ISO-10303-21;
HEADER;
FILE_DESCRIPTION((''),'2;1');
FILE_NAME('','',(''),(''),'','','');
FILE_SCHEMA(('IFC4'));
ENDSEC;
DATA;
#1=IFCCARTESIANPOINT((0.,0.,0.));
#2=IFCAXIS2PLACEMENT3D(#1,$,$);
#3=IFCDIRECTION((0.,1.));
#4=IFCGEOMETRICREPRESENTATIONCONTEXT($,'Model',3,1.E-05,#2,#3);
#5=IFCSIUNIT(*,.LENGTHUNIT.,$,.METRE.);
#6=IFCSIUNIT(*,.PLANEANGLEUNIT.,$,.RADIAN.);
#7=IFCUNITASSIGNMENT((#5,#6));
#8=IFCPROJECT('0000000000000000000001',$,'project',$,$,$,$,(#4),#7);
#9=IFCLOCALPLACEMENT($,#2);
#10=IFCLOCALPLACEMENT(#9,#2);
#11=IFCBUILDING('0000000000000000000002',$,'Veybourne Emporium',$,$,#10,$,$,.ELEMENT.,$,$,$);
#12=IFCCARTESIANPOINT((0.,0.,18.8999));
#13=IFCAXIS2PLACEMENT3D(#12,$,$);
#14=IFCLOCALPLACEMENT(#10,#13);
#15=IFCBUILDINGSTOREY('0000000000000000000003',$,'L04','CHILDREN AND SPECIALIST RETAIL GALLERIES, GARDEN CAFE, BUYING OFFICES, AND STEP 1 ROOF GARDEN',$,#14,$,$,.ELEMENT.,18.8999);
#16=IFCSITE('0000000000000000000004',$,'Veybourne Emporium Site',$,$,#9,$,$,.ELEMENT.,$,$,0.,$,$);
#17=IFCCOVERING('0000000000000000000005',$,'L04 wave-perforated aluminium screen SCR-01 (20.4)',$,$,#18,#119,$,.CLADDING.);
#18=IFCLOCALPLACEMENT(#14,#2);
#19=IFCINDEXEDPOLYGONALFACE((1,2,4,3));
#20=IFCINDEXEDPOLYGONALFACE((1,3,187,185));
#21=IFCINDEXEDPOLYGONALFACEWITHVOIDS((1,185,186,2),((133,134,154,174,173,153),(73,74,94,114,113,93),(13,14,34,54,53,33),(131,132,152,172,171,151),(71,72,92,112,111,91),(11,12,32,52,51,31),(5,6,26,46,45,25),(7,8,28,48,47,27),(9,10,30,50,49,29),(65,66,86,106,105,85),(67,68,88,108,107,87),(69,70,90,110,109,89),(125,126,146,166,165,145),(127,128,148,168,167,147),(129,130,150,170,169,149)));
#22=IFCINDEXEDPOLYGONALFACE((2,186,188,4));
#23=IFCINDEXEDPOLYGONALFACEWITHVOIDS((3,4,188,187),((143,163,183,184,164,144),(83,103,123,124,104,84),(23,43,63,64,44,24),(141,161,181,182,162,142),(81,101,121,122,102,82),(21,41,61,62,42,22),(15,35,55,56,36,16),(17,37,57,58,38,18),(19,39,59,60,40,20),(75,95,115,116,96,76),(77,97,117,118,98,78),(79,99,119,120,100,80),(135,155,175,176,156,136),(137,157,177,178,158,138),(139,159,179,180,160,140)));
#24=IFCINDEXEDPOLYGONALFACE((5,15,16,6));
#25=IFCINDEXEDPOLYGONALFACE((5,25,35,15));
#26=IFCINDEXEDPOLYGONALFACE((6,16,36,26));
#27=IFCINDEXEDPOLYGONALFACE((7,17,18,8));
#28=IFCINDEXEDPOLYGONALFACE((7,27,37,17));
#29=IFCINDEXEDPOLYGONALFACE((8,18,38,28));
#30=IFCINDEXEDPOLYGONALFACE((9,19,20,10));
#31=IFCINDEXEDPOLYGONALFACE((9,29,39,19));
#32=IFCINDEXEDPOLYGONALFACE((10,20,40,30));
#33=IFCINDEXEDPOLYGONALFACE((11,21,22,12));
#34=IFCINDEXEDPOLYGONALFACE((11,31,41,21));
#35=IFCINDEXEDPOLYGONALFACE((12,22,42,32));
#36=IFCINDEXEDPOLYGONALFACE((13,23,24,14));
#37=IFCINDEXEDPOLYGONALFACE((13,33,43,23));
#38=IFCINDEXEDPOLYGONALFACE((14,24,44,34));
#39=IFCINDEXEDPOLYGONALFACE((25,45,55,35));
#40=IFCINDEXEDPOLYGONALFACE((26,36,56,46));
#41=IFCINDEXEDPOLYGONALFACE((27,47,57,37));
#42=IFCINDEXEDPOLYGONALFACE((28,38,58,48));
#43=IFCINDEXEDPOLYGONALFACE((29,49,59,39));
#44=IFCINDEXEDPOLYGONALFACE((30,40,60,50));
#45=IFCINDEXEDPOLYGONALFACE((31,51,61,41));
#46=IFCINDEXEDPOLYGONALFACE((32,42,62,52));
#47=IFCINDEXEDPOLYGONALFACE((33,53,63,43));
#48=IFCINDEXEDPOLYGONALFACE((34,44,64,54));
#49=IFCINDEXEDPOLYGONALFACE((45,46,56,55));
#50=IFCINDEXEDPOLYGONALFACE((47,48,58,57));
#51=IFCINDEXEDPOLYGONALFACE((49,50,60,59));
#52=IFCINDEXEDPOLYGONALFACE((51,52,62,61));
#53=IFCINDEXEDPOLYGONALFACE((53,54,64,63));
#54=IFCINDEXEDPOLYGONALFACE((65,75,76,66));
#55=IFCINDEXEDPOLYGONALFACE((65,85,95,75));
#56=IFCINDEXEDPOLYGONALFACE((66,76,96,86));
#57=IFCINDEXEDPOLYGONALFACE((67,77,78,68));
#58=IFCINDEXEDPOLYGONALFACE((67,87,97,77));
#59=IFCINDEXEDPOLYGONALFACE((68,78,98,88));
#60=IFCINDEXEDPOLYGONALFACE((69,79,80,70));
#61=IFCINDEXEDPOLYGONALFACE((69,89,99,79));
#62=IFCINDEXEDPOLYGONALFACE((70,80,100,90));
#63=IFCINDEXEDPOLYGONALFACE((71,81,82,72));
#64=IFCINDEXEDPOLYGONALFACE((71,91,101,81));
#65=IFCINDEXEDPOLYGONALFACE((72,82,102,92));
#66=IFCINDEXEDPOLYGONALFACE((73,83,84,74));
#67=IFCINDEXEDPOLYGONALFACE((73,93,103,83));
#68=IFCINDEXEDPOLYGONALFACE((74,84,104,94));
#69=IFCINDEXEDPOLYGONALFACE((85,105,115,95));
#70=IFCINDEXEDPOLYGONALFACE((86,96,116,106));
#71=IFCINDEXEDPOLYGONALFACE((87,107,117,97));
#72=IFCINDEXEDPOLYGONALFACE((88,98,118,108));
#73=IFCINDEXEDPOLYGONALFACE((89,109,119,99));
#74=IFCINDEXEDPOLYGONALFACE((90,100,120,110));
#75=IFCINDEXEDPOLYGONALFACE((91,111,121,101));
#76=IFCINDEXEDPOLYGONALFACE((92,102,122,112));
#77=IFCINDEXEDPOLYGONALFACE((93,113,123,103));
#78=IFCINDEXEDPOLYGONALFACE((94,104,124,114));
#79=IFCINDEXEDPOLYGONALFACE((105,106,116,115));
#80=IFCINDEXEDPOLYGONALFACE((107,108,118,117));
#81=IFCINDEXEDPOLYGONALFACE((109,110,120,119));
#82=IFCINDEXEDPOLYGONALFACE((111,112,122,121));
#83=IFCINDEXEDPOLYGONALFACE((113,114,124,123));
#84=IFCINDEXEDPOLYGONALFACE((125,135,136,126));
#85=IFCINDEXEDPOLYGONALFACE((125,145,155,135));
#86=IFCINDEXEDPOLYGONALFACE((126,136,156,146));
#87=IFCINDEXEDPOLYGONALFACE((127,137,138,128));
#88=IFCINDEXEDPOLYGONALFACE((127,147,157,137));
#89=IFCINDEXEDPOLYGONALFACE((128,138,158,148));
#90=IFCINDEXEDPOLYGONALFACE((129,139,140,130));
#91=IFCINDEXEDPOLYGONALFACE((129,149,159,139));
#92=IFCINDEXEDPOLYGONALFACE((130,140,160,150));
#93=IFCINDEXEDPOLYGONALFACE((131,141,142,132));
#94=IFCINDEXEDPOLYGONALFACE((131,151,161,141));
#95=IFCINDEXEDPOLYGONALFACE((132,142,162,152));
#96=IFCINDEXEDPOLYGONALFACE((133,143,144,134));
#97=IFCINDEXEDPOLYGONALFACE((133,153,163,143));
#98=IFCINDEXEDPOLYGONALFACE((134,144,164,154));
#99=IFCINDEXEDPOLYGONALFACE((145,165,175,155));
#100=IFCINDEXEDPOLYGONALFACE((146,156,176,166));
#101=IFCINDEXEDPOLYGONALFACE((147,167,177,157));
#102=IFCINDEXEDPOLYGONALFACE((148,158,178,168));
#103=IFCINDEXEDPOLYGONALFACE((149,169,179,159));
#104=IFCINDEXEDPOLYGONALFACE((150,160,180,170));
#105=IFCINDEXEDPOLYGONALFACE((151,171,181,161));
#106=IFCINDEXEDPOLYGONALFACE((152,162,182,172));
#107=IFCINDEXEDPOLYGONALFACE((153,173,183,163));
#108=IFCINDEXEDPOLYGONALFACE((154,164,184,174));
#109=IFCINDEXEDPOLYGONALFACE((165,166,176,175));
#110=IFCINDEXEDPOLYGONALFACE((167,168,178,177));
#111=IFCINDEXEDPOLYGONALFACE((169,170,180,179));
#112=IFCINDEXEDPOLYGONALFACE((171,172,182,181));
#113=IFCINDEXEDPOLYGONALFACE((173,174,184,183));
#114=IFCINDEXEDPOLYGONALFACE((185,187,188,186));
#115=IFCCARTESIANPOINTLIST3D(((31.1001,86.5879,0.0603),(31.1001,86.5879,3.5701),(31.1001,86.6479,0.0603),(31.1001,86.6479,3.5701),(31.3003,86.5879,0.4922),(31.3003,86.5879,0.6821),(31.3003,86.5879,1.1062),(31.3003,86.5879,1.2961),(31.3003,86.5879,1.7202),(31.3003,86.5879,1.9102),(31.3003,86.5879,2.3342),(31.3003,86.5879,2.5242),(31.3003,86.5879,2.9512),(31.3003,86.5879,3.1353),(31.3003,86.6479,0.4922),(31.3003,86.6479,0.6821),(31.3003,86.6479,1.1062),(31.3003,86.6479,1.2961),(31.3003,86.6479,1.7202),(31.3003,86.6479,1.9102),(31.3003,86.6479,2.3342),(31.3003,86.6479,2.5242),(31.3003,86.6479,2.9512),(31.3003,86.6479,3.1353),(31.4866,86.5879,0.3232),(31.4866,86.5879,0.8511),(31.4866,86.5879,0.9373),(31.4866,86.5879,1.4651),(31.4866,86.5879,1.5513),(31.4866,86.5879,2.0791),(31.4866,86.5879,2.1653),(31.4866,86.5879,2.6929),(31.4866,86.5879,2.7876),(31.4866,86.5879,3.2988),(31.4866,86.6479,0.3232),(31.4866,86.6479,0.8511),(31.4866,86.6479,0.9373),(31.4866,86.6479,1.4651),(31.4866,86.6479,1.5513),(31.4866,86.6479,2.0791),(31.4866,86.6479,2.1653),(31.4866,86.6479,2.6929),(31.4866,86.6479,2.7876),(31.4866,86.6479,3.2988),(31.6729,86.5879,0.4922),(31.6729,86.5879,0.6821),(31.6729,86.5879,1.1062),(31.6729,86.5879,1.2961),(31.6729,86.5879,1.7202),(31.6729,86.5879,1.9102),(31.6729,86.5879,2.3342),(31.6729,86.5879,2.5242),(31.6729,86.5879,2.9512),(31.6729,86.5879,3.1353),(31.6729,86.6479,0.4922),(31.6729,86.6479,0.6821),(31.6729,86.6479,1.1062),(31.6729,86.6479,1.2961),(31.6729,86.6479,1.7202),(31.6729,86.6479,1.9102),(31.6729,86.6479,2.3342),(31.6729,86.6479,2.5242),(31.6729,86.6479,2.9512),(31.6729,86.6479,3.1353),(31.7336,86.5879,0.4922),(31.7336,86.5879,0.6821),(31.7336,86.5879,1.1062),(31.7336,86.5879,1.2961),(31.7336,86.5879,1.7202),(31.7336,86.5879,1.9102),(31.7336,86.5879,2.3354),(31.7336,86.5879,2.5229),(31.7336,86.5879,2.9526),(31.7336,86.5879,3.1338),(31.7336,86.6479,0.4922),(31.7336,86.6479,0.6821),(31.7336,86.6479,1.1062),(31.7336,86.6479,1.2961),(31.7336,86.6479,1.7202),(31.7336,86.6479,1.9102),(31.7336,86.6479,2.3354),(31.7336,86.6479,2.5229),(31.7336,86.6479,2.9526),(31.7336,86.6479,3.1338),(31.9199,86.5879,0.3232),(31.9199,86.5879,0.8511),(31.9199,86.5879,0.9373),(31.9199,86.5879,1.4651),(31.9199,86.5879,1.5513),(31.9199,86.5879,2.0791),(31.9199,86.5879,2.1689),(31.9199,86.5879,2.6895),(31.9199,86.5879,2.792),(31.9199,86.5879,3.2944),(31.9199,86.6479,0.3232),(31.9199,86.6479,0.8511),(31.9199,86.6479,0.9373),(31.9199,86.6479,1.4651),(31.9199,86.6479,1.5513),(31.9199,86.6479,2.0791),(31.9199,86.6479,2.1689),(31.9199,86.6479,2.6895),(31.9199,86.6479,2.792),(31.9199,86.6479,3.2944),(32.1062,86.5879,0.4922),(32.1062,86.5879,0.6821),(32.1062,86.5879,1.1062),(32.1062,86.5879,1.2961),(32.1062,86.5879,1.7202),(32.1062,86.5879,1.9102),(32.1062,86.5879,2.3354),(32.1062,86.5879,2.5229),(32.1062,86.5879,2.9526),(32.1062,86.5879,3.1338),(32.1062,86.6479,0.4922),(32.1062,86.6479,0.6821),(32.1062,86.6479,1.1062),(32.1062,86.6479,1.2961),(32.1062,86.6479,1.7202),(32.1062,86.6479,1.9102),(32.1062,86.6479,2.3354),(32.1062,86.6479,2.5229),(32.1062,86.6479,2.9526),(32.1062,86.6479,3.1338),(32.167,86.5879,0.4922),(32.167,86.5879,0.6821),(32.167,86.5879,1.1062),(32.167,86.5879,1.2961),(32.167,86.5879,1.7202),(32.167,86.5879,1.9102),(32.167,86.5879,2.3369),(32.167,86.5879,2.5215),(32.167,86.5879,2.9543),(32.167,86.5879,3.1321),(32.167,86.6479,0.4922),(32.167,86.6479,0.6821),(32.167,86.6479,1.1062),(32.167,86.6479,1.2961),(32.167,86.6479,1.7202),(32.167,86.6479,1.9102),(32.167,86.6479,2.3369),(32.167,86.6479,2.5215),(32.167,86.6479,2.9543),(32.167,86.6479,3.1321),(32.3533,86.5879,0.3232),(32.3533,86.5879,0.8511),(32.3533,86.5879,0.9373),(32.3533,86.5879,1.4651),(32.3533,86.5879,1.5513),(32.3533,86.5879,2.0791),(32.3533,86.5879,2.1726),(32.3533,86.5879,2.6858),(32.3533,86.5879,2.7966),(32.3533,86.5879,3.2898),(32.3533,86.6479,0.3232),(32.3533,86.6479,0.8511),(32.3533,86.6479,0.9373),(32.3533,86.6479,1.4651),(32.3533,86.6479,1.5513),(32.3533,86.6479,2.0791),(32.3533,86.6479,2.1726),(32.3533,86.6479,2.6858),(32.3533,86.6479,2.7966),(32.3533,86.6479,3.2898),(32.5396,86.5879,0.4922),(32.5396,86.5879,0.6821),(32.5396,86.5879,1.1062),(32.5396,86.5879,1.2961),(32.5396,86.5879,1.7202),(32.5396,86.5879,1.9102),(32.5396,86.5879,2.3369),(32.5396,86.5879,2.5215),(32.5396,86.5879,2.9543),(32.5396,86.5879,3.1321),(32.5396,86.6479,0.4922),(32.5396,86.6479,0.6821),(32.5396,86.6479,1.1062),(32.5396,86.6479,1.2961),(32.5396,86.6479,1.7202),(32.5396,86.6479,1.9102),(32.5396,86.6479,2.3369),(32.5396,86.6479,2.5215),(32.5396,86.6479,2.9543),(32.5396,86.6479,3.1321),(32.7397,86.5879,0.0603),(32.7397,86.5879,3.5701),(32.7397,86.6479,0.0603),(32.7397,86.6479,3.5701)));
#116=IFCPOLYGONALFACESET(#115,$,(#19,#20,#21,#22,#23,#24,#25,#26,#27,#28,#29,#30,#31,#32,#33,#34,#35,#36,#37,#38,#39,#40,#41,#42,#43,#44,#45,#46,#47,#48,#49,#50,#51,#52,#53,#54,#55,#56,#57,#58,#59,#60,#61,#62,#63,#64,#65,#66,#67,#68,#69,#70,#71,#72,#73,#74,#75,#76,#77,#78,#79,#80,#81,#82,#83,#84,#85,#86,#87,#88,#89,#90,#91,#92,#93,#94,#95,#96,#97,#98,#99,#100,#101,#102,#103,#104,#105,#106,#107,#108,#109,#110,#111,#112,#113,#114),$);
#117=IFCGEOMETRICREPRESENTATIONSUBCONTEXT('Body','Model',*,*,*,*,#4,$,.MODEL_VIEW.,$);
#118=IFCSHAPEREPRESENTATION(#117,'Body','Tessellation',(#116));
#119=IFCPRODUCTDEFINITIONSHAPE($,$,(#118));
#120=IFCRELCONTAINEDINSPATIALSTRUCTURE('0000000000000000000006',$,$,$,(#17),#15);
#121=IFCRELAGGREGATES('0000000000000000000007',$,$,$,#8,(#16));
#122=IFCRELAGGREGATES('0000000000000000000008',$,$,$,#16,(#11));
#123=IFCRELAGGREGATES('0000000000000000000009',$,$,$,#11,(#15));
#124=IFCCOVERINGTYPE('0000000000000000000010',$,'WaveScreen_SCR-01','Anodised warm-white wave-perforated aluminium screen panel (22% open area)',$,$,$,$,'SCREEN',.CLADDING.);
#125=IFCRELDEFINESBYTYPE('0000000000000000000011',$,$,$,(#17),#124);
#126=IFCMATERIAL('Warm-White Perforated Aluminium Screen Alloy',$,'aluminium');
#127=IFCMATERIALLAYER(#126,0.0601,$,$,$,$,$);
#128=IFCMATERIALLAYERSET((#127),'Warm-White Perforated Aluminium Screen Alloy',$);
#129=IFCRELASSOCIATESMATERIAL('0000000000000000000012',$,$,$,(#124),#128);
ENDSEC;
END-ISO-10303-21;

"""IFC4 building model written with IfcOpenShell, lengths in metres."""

from ifc_helpers import new_model, si_unit, direction, frame, origin, place, context, subcontext, project, spatial, polyline, outline, extrude, material, layer, layer_set, type_object, element, save


model = new_model("IFC4")

# Units and contexts
model_context = context("Model", 3, precision=1e-05, world=origin(), true_north=direction((0.0, 1.0)))
body_context = subcontext(model_context, "Body", "Model", "MODEL_VIEW")
ifc_project = project(units=[si_unit("LENGTHUNIT", "METRE"), si_unit("PLANEANGLEUNIT", "RADIAN")], contexts=[model_context])

# Site, building, storey
site_placement = place(None, origin())
site = spatial("IfcSite", under=ifc_project, at=site_placement, Name="Veybourne Emporium Site", CompositionType="ELEMENT", RefElevation=0.0)
building_placement = place(site_placement, origin())
building = spatial("IfcBuilding", under=site, at=building_placement, Name="Veybourne Emporium", CompositionType="ELEMENT")
storey_placement = place(building_placement, frame((0.0, 0.0, 18.8999)))
storey = spatial("IfcBuildingStorey", under=building, at=storey_placement, Name="L04", Description="CHILDREN AND SPECIALIST RETAIL GALLERIES, GARDEN CAFE, BUYING OFFICES, AND STEP 1 ROOF GARDEN", CompositionType="ELEMENT", Elevation=18.8999)

# Covering
ifc_material_1 = material(Name="Warm-White Perforated Aluminium Screen Alloy", Category="aluminium")
ifc_layer_1 = layer(ifc_material_1, 0.0601)
ifc_layer_set_1 = layer_set([ifc_layer_1], Name="Warm-White Perforated Aluminium Screen Alloy")
covering_type_1 = type_object("IfcCoveringType", Name="WaveScreen_SCR-01", Description="Anodised warm-white wave-perforated aluminium screen panel (22% open area)", ElementType="SCREEN", PredefinedType="CLADDING", material=ifc_layer_set_1)
covering_1_placement = place(storey_placement, frame((31.9199, 86.6479, 1.8152), z_axis=(0.0, -1.0, 0.0), x_axis=(1.0, 0.0, 0.0)))
element("IfcCovering", 1, at=covering_1_placement, inside=storey, type_object=covering_type_1, Name="L04 wave-perforated aluminium screen SCR-01 (20.4)", PredefinedType="CLADDING", context=body_context, shape_type="SweptSolid", body=[
    extrude(outline(polyline([(-0.8198, -1.7549), (0.8198, -1.7549), (0.8198, 1.7549), (-0.8198, 1.7549), (-0.8198, -1.7549)]), holes=[polyline([(-0.4333, -0.9641), (-0.2471, -1.1331), (-0.2471, -1.323), (-0.4333, -1.4919), (-0.6196, -1.323), (-0.6196, -1.1331), (-0.4333, -0.9641)]), polyline([(-0.4333, -0.3501), (-0.2471, -0.519), (-0.2471, -0.709), (-0.4333, -0.8779), (-0.6196, -0.709), (-0.6196, -0.519), (-0.4333, -0.3501)]), polyline([(-0.4333, 0.2639), (-0.2471, 0.095), (-0.2471, -0.095), (-0.4333, -0.2639), (-0.6196, -0.095), (-0.6196, 0.095), (-0.4333, 0.2639)]), polyline([(-0.4333, 0.8777), (-0.2471, 0.709), (-0.2471, 0.519), (-0.4333, 0.3501), (-0.6196, 0.519), (-0.6196, 0.709), (-0.4333, 0.8777)]), polyline([(-0.4333, 1.4836), (-0.2471, 1.3201), (-0.2471, 1.136), (-0.4333, 0.9724), (-0.6196, 1.136), (-0.6196, 1.3201), (-0.4333, 1.4836)]), polyline([(0.0, -0.9641), (0.1863, -1.1331), (0.1863, -1.323), (0.0, -1.4919), (-0.1863, -1.323), (-0.1863, -1.1331), (0.0, -0.9641)]), polyline([(0.0, -0.3501), (0.1863, -0.519), (0.1863, -0.709), (0.0, -0.8779), (-0.1863, -0.709), (-0.1863, -0.519), (0.0, -0.3501)]), polyline([(0.0, 0.2639), (0.1863, 0.095), (0.1863, -0.095), (0.0, -0.2639), (-0.1863, -0.095), (-0.1863, 0.095), (0.0, 0.2639)]), polyline([(0.0, 0.8743), (0.1863, 0.7078), (0.1863, 0.5203), (0.0, 0.3538), (-0.1863, 0.5203), (-0.1863, 0.7078), (0.0, 0.8743)]), polyline([(0.0, 1.4792), (0.1863, 1.3186), (0.1863, 1.1375), (0.0, 0.9768), (-0.1863, 1.1375), (-0.1863, 1.3186), (0.0, 1.4792)]), polyline([(0.4333, -0.9641), (0.6196, -1.1331), (0.6196, -1.323), (0.4333, -1.4919), (0.2471, -1.323), (0.2471, -1.1331), (0.4333, -0.9641)]), polyline([(0.4333, -0.3501), (0.6196, -0.519), (0.6196, -0.709), (0.4333, -0.8779), (0.2471, -0.709), (0.2471, -0.519), (0.4333, -0.3501)]), polyline([(0.4333, 0.2639), (0.6196, 0.095), (0.6196, -0.095), (0.4333, -0.2639), (0.2471, -0.095), (0.2471, 0.095), (0.4333, 0.2639)]), polyline([(0.4333, 0.8706), (0.6196, 0.7063), (0.6196, 0.5217), (0.4333, 0.3574), (0.2471, 0.5217), (0.2471, 0.7063), (0.4333, 0.8706)]), polyline([(0.4333, 1.4746), (0.6196, 1.3169), (0.6196, 1.1392), (0.4333, 0.9814), (0.2471, 1.1392), (0.2471, 1.3169), (0.4333, 1.4746)])]), origin(), (0.0, 0.0, 1.0), 0.0601),
])

save(model, "model.ifc")
